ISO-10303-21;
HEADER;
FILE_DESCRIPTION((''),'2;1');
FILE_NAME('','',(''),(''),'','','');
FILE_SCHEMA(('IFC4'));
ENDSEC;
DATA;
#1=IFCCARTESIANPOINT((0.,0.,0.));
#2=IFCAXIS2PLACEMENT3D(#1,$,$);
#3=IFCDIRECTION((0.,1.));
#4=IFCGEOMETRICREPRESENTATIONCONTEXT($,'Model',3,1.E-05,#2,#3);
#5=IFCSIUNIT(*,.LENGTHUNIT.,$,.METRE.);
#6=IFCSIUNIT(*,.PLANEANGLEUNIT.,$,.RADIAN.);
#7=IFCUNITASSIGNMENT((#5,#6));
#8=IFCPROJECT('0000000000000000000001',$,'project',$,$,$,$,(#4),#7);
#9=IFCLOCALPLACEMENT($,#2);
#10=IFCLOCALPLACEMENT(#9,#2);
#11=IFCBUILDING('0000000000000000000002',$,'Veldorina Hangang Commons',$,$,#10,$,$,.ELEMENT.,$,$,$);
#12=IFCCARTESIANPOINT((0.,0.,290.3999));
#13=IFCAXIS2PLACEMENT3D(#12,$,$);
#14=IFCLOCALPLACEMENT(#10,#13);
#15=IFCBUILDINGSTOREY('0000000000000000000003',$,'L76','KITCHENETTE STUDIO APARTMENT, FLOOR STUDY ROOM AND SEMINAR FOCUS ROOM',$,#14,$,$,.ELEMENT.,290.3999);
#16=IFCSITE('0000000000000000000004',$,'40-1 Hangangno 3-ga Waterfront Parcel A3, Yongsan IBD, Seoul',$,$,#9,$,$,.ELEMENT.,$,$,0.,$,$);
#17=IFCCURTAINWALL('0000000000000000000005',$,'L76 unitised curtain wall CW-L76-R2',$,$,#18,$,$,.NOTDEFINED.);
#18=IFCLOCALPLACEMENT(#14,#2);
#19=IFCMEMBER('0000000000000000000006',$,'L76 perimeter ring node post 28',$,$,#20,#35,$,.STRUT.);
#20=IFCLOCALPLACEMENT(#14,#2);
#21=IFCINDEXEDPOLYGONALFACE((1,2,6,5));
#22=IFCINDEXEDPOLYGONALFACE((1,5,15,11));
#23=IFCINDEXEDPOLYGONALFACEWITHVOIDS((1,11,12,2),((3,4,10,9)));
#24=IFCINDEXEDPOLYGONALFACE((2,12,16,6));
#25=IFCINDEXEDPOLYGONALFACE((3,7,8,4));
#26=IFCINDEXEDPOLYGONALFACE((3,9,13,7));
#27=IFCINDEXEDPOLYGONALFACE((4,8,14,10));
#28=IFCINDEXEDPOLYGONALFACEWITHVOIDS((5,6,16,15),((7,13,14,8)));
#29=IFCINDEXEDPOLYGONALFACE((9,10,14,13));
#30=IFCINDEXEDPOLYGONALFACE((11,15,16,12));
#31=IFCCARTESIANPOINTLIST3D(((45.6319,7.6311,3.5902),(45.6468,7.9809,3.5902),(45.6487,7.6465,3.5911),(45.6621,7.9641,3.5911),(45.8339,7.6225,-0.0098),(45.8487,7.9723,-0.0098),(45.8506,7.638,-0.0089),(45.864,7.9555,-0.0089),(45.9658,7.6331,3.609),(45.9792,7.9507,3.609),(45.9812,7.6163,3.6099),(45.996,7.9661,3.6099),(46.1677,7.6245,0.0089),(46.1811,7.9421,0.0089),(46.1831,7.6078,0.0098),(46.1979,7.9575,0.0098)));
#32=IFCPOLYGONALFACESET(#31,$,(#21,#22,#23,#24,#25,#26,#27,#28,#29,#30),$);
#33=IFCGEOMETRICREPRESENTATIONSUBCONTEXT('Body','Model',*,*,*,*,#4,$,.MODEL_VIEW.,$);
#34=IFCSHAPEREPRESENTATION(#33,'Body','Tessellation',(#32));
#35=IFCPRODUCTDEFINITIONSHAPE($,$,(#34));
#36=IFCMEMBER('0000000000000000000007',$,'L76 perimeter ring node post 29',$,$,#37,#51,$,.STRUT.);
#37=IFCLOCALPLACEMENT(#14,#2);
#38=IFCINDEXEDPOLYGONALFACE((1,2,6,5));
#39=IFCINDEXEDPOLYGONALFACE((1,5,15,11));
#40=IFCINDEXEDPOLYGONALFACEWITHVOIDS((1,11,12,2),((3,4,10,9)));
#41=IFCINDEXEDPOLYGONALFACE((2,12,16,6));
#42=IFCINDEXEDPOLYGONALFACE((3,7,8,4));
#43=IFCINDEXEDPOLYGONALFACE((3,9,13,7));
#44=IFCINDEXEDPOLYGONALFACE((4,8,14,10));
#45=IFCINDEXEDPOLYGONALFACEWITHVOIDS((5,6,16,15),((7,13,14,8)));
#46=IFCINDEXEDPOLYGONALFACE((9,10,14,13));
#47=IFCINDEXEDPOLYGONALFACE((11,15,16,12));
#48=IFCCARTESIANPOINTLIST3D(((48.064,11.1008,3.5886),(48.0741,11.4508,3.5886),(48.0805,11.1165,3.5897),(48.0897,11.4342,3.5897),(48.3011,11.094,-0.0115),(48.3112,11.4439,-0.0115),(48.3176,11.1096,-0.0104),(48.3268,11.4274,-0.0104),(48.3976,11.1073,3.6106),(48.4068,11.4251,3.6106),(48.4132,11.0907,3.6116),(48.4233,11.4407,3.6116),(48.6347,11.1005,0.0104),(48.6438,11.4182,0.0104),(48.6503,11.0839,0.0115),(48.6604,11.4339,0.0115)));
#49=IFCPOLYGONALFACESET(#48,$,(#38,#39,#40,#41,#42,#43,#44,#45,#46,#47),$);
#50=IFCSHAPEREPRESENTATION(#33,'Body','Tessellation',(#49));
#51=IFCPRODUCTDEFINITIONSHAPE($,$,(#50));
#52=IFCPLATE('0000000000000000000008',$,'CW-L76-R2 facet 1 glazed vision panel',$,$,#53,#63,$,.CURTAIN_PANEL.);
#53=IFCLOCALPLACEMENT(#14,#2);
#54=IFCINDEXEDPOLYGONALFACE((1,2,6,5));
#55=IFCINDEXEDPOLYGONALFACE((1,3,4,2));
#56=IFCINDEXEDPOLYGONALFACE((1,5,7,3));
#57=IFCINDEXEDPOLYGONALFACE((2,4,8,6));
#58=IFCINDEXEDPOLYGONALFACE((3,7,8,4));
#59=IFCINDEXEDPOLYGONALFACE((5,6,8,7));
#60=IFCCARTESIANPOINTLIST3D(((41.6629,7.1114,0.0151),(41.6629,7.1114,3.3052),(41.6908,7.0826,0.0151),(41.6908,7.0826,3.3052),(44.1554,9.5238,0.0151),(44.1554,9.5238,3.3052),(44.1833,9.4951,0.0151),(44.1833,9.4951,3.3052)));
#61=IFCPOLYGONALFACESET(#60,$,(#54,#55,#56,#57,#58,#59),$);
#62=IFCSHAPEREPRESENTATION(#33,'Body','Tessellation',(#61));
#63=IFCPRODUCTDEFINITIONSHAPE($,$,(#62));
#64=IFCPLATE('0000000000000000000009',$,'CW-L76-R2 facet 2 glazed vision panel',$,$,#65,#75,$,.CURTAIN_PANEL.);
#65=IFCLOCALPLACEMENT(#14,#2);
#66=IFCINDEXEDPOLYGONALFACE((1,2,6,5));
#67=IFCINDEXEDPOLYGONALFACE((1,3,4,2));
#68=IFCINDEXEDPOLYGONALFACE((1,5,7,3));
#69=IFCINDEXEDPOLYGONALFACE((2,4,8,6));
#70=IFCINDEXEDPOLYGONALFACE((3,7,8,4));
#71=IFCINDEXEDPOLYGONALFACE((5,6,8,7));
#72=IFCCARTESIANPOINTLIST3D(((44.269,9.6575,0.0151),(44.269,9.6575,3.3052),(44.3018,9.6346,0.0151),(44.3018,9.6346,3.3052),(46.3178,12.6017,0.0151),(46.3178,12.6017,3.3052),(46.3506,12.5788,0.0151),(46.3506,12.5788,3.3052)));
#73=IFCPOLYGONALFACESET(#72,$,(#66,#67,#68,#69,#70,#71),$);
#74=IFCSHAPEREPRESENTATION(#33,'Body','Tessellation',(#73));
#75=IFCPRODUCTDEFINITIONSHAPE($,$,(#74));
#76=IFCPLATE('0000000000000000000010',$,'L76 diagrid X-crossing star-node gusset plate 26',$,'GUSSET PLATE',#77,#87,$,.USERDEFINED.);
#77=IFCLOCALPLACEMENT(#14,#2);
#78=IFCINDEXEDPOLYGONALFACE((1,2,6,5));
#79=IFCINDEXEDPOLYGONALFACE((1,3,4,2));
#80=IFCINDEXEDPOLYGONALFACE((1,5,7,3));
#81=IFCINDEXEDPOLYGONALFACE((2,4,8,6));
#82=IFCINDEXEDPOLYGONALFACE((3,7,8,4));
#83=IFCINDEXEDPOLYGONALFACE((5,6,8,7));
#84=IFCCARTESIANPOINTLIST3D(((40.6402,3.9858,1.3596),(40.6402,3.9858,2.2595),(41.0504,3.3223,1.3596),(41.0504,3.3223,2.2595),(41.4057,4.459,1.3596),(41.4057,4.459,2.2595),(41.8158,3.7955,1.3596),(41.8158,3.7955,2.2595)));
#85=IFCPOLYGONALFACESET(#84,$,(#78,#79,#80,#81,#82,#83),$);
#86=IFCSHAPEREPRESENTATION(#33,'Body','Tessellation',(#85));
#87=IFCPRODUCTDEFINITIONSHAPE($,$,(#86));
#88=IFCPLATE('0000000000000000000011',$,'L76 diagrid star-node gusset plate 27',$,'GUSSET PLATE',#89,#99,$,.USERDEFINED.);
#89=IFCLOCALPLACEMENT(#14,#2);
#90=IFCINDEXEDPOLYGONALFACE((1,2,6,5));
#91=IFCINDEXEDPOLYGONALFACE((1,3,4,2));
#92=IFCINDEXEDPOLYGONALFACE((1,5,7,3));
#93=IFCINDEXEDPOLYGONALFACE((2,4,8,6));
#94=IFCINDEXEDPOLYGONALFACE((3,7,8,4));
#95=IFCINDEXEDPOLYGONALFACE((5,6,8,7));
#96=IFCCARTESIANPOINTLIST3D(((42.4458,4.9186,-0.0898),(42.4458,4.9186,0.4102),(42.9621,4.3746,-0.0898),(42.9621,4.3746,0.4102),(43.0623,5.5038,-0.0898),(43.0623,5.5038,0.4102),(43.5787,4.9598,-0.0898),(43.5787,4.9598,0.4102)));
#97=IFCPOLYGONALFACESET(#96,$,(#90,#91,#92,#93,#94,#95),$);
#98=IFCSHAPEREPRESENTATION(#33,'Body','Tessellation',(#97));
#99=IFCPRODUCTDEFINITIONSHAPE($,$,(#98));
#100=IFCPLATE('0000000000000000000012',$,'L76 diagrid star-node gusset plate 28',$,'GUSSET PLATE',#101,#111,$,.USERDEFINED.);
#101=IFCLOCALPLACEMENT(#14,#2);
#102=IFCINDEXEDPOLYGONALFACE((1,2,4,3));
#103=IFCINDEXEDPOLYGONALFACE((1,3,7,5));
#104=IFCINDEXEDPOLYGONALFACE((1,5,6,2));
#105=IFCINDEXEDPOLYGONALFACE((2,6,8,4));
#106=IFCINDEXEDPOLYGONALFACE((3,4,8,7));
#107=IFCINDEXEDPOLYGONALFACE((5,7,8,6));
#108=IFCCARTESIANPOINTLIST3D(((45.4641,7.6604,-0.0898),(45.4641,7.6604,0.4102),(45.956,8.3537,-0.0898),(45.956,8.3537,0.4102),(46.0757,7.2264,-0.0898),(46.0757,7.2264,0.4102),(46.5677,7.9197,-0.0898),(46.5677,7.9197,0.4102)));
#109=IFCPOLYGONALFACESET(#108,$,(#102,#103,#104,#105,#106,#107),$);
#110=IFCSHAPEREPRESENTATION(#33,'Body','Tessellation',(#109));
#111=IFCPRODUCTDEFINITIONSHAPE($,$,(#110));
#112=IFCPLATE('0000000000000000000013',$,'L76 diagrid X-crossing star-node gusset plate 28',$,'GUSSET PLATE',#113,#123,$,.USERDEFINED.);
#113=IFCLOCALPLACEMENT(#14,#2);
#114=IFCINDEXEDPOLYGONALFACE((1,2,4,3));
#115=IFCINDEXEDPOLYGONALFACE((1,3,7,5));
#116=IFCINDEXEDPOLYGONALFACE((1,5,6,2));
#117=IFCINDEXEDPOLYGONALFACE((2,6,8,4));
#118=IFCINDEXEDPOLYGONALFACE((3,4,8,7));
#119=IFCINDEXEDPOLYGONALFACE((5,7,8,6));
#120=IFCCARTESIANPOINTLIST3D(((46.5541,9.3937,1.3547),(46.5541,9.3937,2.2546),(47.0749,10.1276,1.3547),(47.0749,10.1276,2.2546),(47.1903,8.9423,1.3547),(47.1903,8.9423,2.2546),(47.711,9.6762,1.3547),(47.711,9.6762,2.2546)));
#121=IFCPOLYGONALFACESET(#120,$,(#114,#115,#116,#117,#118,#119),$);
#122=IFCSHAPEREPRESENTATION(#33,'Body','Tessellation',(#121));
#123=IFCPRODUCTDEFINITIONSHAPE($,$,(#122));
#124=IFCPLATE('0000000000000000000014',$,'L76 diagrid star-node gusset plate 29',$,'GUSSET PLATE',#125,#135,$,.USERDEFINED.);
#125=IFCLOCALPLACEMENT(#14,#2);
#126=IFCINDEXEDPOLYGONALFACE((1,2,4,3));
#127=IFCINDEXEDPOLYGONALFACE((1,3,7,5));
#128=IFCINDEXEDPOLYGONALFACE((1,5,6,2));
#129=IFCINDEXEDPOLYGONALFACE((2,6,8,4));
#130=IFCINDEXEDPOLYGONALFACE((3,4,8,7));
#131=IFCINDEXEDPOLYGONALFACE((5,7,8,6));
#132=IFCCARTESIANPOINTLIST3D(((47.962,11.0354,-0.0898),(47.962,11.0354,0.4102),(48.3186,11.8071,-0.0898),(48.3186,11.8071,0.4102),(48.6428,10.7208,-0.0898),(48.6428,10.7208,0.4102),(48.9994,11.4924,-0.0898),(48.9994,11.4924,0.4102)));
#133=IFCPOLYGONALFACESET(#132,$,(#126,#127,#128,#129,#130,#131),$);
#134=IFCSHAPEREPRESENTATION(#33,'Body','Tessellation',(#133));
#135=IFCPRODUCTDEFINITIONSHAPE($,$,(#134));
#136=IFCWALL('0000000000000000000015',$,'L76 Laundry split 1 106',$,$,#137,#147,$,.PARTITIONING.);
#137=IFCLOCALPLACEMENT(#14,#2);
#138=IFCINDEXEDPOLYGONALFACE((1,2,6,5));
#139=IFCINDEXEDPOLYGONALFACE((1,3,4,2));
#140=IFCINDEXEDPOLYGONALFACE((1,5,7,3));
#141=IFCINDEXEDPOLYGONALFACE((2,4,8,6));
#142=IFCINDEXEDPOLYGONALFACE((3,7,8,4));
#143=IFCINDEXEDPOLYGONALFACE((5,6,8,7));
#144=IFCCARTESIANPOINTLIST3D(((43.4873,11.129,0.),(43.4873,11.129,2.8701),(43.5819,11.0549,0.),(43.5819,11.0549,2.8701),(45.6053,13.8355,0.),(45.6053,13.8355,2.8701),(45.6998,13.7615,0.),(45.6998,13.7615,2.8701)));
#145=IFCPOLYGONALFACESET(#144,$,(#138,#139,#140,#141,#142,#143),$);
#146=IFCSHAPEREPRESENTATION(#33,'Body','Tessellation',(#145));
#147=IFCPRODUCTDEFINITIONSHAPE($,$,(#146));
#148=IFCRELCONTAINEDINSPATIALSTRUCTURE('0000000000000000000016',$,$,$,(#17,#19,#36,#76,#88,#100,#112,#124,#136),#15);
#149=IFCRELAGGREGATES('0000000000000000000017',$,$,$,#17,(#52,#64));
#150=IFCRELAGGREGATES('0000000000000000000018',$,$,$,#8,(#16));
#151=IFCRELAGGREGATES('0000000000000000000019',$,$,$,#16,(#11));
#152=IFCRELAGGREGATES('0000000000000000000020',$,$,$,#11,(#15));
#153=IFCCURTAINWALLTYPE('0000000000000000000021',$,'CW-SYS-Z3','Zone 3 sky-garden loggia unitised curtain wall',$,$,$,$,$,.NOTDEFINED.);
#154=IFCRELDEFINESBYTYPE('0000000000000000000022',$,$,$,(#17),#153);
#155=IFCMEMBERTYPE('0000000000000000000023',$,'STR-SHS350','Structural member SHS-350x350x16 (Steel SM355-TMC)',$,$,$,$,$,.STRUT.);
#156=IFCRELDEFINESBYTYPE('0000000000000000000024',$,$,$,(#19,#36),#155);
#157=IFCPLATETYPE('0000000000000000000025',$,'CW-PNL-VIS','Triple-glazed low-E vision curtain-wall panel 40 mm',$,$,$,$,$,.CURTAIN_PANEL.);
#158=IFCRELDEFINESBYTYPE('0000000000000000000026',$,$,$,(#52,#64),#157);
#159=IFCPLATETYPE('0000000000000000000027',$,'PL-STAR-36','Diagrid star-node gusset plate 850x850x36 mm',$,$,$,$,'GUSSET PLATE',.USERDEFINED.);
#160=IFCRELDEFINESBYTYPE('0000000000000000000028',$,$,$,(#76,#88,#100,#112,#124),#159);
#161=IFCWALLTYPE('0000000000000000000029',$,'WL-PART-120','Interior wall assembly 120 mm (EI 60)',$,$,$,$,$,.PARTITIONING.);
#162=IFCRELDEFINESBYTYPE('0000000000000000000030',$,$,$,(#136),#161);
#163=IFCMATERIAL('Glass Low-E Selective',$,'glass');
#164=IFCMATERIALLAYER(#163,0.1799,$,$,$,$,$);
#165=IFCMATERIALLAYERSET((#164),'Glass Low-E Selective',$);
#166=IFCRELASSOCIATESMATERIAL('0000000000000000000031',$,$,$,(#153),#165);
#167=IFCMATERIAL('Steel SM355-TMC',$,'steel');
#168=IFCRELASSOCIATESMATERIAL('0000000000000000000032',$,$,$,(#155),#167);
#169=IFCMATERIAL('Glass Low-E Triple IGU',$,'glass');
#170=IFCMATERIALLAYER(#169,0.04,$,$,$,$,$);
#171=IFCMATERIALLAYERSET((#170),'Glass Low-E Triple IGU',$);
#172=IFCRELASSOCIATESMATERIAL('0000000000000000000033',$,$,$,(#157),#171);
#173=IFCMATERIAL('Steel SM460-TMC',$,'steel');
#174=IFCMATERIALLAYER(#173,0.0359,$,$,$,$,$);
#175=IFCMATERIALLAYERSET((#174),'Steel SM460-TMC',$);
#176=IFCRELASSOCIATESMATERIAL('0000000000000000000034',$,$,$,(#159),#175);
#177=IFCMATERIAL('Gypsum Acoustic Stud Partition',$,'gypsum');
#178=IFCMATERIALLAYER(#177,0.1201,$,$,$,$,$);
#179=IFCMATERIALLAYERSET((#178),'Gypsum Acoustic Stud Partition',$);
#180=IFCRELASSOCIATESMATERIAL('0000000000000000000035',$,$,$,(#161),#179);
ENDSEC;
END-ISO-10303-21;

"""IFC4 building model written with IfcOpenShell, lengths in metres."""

from ifc_helpers import new_model, si_unit, direction, frame, frame_2d, origin, origin_2d, place, context, subcontext, project, spatial, rectangle, hollow_rectangle, extrude, material, layer, layer_set, material_profile, profile_set, type_object, element, aggregate, save


model = new_model("IFC4")

# Units and contexts
model_context = context("Model", 3, precision=1e-05, world=origin(), true_north=direction((0.0, 1.0)))
body_context = subcontext(model_context, "Body", "Model", "MODEL_VIEW")
ifc_project = project(units=[si_unit("LENGTHUNIT", "METRE"), si_unit("PLANEANGLEUNIT", "RADIAN")], contexts=[model_context])

# Site, building, storey
site_placement = place(None, origin())
site = spatial("IfcSite", under=ifc_project, at=site_placement, Name="40-1 Hangangno 3-ga Waterfront Parcel A3, Yongsan IBD, Seoul", CompositionType="ELEMENT", RefElevation=0.0)
building_placement = place(site_placement, origin())
building = spatial("IfcBuilding", under=site, at=building_placement, Name="Veldorina Hangang Commons", CompositionType="ELEMENT")
storey_placement = place(building_placement, frame((0.0, 0.0, 290.3999)))
storey = spatial("IfcBuildingStorey", under=building, at=storey_placement, Name="L76", Description="KITCHENETTE STUDIO APARTMENT, FLOOR STUDY ROOM AND SEMINAR FOCUS ROOM", CompositionType="ELEMENT", Elevation=290.3999)

# Shared definitions
ifc_material_1 = material(Name="Steel SM355-TMC", Category="steel")

# Curtain wall
ifc_material_2 = material(Name="Glass Low-E Selective", Category="glass")
ifc_layer_1 = layer(ifc_material_2, 0.1799)
ifc_layer_set_1 = layer_set([ifc_layer_1], Name="Glass Low-E Selective")
curtain_wall_type = type_object("IfcCurtainWallType", Name="CW-SYS-Z3", Description="Zone 3 sky-garden loggia unitised curtain wall", PredefinedType="NOTDEFINED", material=ifc_layer_set_1)
curtain_wall_placement = place(storey_placement, origin())
curtain_wall = element("IfcCurtainWall", 1, at=curtain_wall_placement, inside=storey, type_object=curtain_wall_type, Name="L76 unitised curtain wall CW-L76-R2", PredefinedType="NOTDEFINED")

# Members
ifc_material_profile_1 = material_profile(ifc_material_1, hollow_rectangle(XDim=0.3501, YDim=0.3501, WallThickness=0.0161, at=origin_2d()), Name="SHS-350x350x16")
ifc_profile_set_1 = profile_set([ifc_material_profile_1], Name="Steel SM355-TMC")
member_type_1 = type_object("IfcMemberType", Name="STR-SHS350", Description="Structural member SHS-350x350x16 (Steel SM355-TMC)", PredefinedType="STRUT", material=ifc_profile_set_1)
member_1_placement = place(storey_placement, frame((46.0159, 7.79, 0.0), z_axis=(-0.055995, 0.00237, 0.998428), x_axis=(-0.042284, -0.999106, 0.0)))
element("IfcMember", 2, at=member_1_placement, inside=storey, type_object=member_type_1, Name="L76 perimeter ring node post 28", PredefinedType="STRUT", context=body_context, shape_type="SweptSolid", body=[
    extrude(hollow_rectangle(XDim=0.3501, YDim=0.3501, WallThickness=0.0161, at=origin_2d()), origin(), (0.0, 0.0, 1.0), 3.6057),
])
member_2_placement = place(storey_placement, frame((48.4807, 11.2639, 0.0), z_axis=(-0.065706, 0.001895, 0.997837), x_axis=(-0.028824, -0.999584, 0.0)))
element("IfcMember", 3, at=member_2_placement, inside=storey, type_object=member_type_1, Name="L76 perimeter ring node post 29", PredefinedType="STRUT", context=body_context, shape_type="SweptSolid", body=[
    extrude(hollow_rectangle(XDim=0.3501, YDim=0.3501, WallThickness=0.0161, at=origin_2d()), origin(), (0.0, 0.0, 1.0), 3.6079),
])

# Plates
ifc_material_3 = material(Name="Glass Low-E Triple IGU", Category="glass")
ifc_layer_2 = layer(ifc_material_3, 0.04)
ifc_layer_set_2 = layer_set([ifc_layer_2], Name="Glass Low-E Triple IGU")
plate_type_1 = type_object("IfcPlateType", Name="CW-PNL-VIS", Description="Triple-glazed low-E vision curtain-wall panel 40 mm", PredefinedType="CURTAIN_PANEL", material=ifc_layer_set_2)
plate_1_placement = place(storey_placement, frame((42.9231, 8.3032, 0.0151), z_axis=(0.0, 0.0, 1.0), x_axis=(0.718551, 0.695474, 0.0)))
plate_1 = element("IfcPlate", 4, at=plate_1_placement, type_object=plate_type_1, Name="CW-L76-R2 facet 1 glazed vision panel", PredefinedType="CURTAIN_PANEL", context=body_context, shape_type="SweptSolid", body=[
    extrude(rectangle(XDim=3.4688, YDim=0.04, at=origin_2d()), origin(), (0.0, 0.0, 1.0), 3.29),
])
plate_2_placement = place(storey_placement, frame((45.3098, 11.1182, 0.0151), z_axis=(0.0, 0.0, 1.0), x_axis=(0.571186, 0.82082, 0.0)))
plate_2 = element("IfcPlate", 5, at=plate_2_placement, type_object=plate_type_1, Name="CW-L76-R2 facet 2 glazed vision panel", PredefinedType="CURTAIN_PANEL", context=body_context, shape_type="SweptSolid", body=[
    extrude(rectangle(XDim=3.5869, YDim=0.04, at=origin_2d()), origin(), (0.0, 0.0, 1.0), 3.29),
])
aggregate(curtain_wall, [plate_1, plate_2])

# Plates
ifc_material_4 = material(Name="Steel SM460-TMC", Category="steel")
ifc_layer_3 = layer(ifc_material_4, 0.0359)
ifc_layer_set_3 = layer_set([ifc_layer_3], Name="Steel SM460-TMC")
plate_type_2 = type_object("IfcPlateType", Name="PL-STAR-36", Description="Diagrid star-node gusset plate 850x850x36 mm", ElementType="GUSSET PLATE", PredefinedType="USERDEFINED", material=ifc_layer_set_3)
plate_3_placement = place(storey_placement, frame((41.228, 3.8906, 1.3596), z_axis=(0.0, 0.0, 1.0), x_axis=(0.850591, 0.525828, 0.0)))
element("IfcPlate", 6, at=plate_3_placement, inside=storey, type_object=plate_type_2, Name="L76 diagrid X-crossing star-node gusset plate 26", ObjectType="GUSSET PLATE", PredefinedType="USERDEFINED", context=body_context, shape_type="SweptSolid", body=[
    extrude(rectangle(XDim=0.8999, YDim=0.78, at=origin_2d()), origin(), (0.0, 0.0, 1.0), 0.8999),
])
for number, where, z_axis, x_axis, name in (
    (7, (43.0122, 4.9392, -0.0898), (0.0, 0.0, 1.0), (0.725314, 0.688418, 0.0), "L76 diagrid star-node gusset plate 27"),
    (8, (46.0159, 7.79, -0.0898), (0.0, 0.0, 1.0), (0.578698, 0.815542, 0.0), "L76 diagrid star-node gusset plate 28"),
):
    element("IfcPlate", number, at=place(storey_placement, frame(where, z_axis=z_axis, x_axis=x_axis)), inside=storey, type_object=plate_type_2, Name=name, ObjectType="GUSSET PLATE", PredefinedType="USERDEFINED", context=body_context, shape_type="SweptSolid", body=[
        extrude(rectangle(XDim=0.8501, YDim=0.75, at=origin_2d()), origin(), (0.0, 0.0, 1.0), 0.5),
    ])
plate_4_placement = place(storey_placement, frame((47.1326, 9.5349, 1.3547), z_axis=(0.0, 0.0, 1.0), x_axis=(0.578698, 0.815542, 0.0)))
element("IfcPlate", 9, at=plate_4_placement, inside=storey, type_object=plate_type_2, Name="L76 diagrid X-crossing star-node gusset plate 28", ObjectType="GUSSET PLATE", PredefinedType="USERDEFINED", context=body_context, shape_type="SweptSolid", body=[
    extrude(rectangle(XDim=0.8999, YDim=0.78, at=origin_2d()), origin(), (0.0, 0.0, 1.0), 0.8999),
])
plate_5_placement = place(storey_placement, frame((48.4807, 11.2639, -0.0898), z_axis=(0.0, 0.0, 1.0), x_axis=(0.419531, 0.907741, 0.0)))
element("IfcPlate", 10, at=plate_5_placement, inside=storey, type_object=plate_type_2, Name="L76 diagrid star-node gusset plate 29", ObjectType="GUSSET PLATE", PredefinedType="USERDEFINED", context=body_context, shape_type="SweptSolid", body=[
    extrude(rectangle(XDim=0.8501, YDim=0.75, at=origin_2d()), origin(), (0.0, 0.0, 1.0), 0.5),
])

# Wall
ifc_material_5 = material(Name="Gypsum Acoustic Stud Partition", Category="gypsum")
ifc_layer_4 = layer(ifc_material_5, 0.1201)
ifc_layer_set_4 = layer_set([ifc_layer_4], Name="Gypsum Acoustic Stud Partition")
wall_type = type_object("IfcWallType", Name="WL-PART-120", Description="Interior wall assembly 120 mm (EI 60)", PredefinedType="PARTITIONING", material=ifc_layer_set_4)
wall_placement = place(storey_placement, frame((43.5347, 11.092, 0.0), z_axis=(0.0, 0.0, 1.0), x_axis=(0.616264, 0.787539, 0.0)))
element("IfcWall", 11, at=wall_placement, inside=storey, type_object=wall_type, Name="L76 Laundry split 1 106", PredefinedType="PARTITIONING", context=body_context, shape_type="SweptSolid", body=[
    extrude(rectangle(XDim=3.4368, YDim=0.1201, at=frame_2d((1.7183, 0.0))), origin(), (0.0, 0.0, 1.0), 2.8701),
])

save(model, "model.ifc")
